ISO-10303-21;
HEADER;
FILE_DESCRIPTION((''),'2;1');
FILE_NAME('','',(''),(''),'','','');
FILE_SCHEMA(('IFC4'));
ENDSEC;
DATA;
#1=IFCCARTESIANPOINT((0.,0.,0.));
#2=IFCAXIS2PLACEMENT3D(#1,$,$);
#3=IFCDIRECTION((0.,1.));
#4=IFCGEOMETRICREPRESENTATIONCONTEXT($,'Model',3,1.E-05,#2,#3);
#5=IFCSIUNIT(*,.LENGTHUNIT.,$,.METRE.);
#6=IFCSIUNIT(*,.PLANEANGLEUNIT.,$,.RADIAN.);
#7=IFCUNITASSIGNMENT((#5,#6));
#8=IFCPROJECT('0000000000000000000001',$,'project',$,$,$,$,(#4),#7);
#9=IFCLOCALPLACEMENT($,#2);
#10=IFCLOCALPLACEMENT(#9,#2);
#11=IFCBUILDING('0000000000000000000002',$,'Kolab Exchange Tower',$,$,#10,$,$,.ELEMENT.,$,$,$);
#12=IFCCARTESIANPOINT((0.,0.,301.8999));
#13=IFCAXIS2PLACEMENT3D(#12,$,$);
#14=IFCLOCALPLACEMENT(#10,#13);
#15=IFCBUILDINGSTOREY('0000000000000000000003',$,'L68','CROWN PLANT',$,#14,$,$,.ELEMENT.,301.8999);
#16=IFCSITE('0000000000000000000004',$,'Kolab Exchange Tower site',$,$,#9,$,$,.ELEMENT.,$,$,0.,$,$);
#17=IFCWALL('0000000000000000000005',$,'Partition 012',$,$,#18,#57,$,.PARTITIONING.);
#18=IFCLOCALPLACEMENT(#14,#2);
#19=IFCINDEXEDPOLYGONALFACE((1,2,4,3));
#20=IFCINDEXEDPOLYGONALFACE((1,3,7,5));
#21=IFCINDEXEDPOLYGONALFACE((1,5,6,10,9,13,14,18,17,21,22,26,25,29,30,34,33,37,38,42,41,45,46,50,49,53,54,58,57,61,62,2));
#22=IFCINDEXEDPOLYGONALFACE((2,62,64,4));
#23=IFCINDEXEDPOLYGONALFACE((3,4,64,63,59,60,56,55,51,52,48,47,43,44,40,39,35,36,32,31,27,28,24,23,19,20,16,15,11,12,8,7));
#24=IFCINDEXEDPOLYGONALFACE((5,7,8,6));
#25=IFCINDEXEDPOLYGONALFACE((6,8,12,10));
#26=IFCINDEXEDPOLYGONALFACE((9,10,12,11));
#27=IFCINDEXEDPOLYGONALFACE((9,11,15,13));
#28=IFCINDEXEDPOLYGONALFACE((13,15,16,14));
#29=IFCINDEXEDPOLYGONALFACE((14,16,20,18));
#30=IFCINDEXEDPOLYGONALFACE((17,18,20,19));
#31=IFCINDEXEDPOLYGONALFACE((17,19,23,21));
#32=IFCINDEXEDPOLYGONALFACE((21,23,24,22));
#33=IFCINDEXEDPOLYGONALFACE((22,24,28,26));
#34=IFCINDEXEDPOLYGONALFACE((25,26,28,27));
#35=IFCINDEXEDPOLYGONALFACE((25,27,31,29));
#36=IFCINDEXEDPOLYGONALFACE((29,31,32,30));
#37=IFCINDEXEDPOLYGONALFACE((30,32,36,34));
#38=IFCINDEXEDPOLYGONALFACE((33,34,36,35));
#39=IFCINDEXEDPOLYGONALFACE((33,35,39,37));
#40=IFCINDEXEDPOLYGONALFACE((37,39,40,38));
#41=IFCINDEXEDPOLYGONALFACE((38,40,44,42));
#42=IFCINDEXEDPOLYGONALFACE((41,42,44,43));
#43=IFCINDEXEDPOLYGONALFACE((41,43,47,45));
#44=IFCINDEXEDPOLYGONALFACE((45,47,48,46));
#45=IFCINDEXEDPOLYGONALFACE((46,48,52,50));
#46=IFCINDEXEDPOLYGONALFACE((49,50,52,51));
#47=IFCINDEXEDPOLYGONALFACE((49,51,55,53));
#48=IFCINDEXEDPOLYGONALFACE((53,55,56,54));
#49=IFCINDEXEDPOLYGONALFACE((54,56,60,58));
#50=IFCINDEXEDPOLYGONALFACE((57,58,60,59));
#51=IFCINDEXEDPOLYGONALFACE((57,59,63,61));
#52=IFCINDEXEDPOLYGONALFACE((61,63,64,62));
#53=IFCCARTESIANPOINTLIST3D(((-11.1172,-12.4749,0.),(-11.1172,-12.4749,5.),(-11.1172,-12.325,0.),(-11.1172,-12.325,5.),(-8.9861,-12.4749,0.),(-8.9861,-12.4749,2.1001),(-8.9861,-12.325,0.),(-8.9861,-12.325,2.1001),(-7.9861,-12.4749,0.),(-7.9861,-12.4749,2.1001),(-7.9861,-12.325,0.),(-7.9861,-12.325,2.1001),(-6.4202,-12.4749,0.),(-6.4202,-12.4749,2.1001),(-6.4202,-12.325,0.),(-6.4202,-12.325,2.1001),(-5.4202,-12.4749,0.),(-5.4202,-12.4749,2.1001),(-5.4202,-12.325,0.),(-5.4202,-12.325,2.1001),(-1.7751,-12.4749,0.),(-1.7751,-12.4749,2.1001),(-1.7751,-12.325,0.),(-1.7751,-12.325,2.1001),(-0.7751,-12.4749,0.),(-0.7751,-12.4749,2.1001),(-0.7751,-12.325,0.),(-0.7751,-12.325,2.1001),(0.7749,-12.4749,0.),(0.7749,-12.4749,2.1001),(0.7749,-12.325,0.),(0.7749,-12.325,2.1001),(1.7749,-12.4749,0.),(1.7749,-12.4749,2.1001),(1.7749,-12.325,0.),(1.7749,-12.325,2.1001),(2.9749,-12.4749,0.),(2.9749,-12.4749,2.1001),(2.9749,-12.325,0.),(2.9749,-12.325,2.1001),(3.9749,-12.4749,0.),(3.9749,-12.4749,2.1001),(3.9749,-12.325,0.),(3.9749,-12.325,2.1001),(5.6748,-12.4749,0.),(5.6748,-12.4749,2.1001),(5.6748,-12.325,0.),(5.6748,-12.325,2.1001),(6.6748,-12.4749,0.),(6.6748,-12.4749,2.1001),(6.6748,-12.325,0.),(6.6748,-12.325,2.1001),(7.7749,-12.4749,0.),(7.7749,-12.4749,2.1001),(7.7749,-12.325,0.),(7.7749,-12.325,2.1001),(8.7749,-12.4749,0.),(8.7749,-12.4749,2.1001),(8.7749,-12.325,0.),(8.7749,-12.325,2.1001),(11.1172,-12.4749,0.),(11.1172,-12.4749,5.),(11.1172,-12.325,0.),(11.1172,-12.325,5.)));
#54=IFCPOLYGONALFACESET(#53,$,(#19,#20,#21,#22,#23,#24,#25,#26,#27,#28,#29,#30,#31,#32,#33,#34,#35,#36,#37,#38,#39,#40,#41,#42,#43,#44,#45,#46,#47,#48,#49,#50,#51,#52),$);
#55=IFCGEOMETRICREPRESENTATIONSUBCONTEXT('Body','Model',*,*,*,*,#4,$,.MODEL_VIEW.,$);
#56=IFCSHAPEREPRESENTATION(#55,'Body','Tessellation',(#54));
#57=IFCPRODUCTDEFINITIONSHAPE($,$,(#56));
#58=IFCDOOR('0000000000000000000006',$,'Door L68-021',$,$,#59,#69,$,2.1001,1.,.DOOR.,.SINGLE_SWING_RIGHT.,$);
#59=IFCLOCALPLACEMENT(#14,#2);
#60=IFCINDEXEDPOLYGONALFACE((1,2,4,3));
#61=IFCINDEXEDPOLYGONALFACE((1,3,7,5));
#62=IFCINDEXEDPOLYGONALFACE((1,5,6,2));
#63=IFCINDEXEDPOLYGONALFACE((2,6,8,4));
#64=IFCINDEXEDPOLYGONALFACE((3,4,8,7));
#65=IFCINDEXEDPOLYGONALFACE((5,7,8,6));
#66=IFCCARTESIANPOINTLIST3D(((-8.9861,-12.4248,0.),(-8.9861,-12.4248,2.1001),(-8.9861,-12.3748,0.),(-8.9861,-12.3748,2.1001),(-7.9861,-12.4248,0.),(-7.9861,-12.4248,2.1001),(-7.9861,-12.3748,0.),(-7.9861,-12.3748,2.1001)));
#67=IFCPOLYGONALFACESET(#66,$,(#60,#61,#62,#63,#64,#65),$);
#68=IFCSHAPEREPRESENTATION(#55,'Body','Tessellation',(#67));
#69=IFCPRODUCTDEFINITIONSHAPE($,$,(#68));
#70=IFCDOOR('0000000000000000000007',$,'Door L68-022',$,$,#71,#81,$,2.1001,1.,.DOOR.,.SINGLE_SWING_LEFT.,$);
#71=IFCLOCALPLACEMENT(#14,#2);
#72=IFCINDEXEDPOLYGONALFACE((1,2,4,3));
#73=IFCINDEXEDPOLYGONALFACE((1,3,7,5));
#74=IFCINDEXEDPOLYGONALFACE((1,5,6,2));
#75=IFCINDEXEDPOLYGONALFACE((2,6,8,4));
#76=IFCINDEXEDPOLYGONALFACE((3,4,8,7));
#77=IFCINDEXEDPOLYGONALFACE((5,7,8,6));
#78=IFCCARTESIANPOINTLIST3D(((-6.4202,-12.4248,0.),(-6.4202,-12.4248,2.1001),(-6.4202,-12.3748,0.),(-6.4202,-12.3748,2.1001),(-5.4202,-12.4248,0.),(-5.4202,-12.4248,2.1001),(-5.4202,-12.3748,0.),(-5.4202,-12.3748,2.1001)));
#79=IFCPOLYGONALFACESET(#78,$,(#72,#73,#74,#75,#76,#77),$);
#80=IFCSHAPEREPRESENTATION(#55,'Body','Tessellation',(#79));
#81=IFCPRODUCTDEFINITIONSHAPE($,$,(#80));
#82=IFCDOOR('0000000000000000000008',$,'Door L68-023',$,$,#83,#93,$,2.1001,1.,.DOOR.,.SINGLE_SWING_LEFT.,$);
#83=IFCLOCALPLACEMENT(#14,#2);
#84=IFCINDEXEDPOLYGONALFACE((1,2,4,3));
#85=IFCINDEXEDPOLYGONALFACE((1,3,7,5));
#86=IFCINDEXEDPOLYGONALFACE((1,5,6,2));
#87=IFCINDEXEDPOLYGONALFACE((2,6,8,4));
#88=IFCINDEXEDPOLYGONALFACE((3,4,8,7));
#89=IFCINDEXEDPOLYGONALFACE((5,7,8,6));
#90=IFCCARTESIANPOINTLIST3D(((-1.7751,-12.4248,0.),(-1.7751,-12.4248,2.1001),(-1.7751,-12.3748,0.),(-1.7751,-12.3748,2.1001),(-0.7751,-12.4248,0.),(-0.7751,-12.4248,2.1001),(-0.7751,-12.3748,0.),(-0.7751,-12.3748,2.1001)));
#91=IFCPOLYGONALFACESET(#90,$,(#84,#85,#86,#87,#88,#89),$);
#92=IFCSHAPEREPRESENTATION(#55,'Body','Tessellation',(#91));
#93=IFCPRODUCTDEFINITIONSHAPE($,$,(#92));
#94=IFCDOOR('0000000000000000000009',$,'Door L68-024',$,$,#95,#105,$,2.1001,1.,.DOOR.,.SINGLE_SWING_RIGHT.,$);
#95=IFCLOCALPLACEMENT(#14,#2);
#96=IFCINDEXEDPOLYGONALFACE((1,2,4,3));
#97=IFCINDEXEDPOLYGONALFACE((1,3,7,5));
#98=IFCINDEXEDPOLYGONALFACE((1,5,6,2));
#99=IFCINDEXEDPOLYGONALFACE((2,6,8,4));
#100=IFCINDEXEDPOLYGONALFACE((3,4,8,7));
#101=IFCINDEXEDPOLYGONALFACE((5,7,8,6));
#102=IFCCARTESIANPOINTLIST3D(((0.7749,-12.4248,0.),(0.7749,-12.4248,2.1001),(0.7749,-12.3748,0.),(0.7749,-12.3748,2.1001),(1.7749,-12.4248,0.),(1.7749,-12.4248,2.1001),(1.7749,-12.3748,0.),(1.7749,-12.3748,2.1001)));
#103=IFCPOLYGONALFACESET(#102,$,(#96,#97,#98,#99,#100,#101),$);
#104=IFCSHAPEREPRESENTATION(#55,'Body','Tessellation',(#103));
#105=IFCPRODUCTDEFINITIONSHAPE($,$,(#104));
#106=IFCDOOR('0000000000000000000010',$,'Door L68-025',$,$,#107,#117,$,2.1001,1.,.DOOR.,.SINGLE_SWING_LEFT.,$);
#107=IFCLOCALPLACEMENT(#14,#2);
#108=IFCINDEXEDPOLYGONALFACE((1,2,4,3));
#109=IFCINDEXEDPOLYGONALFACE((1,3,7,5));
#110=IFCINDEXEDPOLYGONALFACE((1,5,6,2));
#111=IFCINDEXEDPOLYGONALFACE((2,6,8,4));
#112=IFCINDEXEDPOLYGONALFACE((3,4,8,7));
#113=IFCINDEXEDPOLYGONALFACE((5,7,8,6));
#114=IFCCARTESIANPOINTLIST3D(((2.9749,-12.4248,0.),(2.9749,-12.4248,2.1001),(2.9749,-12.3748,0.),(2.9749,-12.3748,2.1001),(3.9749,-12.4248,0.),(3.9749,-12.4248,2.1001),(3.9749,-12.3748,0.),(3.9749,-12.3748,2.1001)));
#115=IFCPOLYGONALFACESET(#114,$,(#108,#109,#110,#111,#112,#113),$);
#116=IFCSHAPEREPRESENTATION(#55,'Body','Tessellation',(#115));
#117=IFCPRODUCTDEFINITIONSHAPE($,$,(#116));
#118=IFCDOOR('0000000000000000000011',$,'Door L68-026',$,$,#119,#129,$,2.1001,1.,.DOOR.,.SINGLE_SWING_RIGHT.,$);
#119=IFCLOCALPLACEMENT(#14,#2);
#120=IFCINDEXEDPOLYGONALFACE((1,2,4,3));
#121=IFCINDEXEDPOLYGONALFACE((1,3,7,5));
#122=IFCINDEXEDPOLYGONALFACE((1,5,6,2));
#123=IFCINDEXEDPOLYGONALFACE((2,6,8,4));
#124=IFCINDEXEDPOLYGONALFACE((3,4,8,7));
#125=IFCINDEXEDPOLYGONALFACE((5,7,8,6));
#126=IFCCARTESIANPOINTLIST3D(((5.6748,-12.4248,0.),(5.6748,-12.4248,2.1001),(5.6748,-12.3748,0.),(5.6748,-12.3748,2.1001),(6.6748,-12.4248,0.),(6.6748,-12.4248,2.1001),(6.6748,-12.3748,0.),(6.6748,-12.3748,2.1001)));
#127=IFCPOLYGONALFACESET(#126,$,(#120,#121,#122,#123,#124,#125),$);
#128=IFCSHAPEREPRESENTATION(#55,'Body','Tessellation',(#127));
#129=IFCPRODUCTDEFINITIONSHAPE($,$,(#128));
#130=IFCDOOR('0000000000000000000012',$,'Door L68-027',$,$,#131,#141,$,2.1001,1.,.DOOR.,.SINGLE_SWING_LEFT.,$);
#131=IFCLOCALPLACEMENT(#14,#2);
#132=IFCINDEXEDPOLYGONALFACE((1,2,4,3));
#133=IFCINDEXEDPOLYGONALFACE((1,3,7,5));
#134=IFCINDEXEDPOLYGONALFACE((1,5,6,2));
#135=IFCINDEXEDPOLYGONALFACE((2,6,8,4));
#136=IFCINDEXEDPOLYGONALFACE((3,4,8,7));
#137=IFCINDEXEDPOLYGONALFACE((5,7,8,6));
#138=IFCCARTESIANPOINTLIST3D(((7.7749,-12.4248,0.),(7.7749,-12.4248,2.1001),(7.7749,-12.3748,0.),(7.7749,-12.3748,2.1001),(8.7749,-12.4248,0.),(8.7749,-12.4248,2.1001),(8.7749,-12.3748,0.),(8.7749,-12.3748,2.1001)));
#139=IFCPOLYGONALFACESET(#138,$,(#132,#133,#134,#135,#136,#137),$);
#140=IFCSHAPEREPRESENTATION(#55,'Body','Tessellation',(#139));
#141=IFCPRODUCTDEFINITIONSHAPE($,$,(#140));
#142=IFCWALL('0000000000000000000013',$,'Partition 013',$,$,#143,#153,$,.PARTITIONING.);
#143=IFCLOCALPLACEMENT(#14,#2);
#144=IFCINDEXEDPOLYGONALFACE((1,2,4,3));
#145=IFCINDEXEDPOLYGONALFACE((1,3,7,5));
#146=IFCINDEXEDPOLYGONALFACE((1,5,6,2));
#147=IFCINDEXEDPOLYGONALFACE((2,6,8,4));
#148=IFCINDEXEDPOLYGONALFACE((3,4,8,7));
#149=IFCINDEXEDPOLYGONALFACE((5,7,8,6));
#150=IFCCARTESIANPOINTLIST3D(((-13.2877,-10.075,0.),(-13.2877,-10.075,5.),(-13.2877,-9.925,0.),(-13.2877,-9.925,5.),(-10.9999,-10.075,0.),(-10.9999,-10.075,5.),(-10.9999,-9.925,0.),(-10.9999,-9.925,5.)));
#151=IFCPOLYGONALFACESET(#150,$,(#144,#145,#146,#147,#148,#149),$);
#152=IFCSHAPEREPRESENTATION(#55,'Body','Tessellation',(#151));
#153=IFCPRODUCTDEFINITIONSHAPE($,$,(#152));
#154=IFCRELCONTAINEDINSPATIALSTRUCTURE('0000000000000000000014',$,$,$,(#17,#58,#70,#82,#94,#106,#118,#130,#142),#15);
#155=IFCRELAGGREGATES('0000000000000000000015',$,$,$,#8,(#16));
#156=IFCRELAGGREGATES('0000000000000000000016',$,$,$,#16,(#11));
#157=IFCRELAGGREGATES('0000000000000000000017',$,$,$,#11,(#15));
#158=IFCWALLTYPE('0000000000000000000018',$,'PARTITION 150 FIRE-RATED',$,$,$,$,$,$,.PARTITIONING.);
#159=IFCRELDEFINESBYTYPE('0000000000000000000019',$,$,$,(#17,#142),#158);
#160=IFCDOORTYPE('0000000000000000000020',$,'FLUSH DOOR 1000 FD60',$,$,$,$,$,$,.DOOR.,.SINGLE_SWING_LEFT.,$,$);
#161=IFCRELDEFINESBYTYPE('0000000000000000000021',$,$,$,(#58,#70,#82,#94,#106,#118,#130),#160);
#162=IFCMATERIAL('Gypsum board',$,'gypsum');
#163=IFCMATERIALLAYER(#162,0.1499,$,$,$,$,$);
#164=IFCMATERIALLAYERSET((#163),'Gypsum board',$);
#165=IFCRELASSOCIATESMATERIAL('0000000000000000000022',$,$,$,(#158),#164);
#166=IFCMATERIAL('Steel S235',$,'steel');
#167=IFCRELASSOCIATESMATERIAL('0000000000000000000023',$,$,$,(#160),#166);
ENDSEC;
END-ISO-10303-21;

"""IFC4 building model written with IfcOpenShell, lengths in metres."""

from ifc_helpers import new_model, si_unit, direction, frame, frame_2d, origin, place, context, subcontext, project, spatial, rectangle, extrude, material, layer, layer_set, type_object, element, fill, save


model = new_model("IFC4")

# Units and contexts
model_context = context("Model", 3, precision=1e-05, world=origin(), true_north=direction((0.0, 1.0)))
body_context = subcontext(model_context, "Body", "Model", "MODEL_VIEW")
ifc_project = project(units=[si_unit("LENGTHUNIT", "METRE"), si_unit("PLANEANGLEUNIT", "RADIAN")], contexts=[model_context])

# Site, building, storey
site_placement = place(None, origin())
site = spatial("IfcSite", under=ifc_project, at=site_placement, Name="Kolab Exchange Tower site", CompositionType="ELEMENT", RefElevation=0.0)
building_placement = place(site_placement, origin())
building = spatial("IfcBuilding", under=site, at=building_placement, Name="Kolab Exchange Tower", CompositionType="ELEMENT")
storey_placement = place(building_placement, frame((0.0, 0.0, 301.8999)))
storey = spatial("IfcBuildingStorey", under=building, at=storey_placement, Name="L68", Description="CROWN PLANT", CompositionType="ELEMENT", Elevation=301.8999)

# Wall, openings, doors
ifc_material_1 = material(Name="Gypsum board", Category="gypsum")
ifc_layer_1 = layer(ifc_material_1, 0.1499)
ifc_layer_set_1 = layer_set([ifc_layer_1], Name="Gypsum board")
wall_type_1 = type_object("IfcWallType", Name="PARTITION 150 FIRE-RATED", PredefinedType="PARTITIONING", material=ifc_layer_set_1)
wall_1_placement = place(storey_placement, frame((-11.1172, -12.3999, 0.0), z_axis=(0.0, 0.0, 1.0), x_axis=(1.0, 0.0, 0.0)))
wall_1 = element("IfcWall", 1, at=wall_1_placement, inside=storey, type_object=wall_type_1, Name="Partition 012", PredefinedType="PARTITIONING", context=body_context, shape_type="SweptSolid", body=[
    extrude(rectangle(XDim=22.2344, YDim=0.1499, at=frame_2d((11.1172, 0.0))), origin(), (0.0, 0.0, 1.0), 5.0),
])
opening_1_placement = place(wall_1_placement, frame((2.1311, 0.0, 0.0)))
opening_1 = element("IfcOpeningElement", 2, at=opening_1_placement, cuts=wall_1, PredefinedType="OPENING", context=body_context, shape_type="SweptSolid", body=[
    extrude(rectangle(XDim=1.0, YDim=2.1001, at=frame_2d((0.5, 1.05))), frame((0.0, 0.085, 0.0), z_axis=(0.0, -1.0, 0.0), x_axis=(1.0, 0.0, 0.0)), (0.0, 0.0, 1.0), 0.1699),
])
opening_2_placement = place(wall_1_placement, frame((4.697, 0.0, 0.0)))
opening_2 = element("IfcOpeningElement", 3, at=opening_2_placement, cuts=wall_1, PredefinedType="OPENING", context=body_context, shape_type="SweptSolid", body=[
    extrude(rectangle(XDim=1.0, YDim=2.1001, at=frame_2d((0.5, 1.05))), frame((0.0, 0.085, 0.0), z_axis=(0.0, -1.0, 0.0), x_axis=(1.0, 0.0, 0.0)), (0.0, 0.0, 1.0), 0.1699),
])
opening_3_placement = place(wall_1_placement, frame((9.342, 0.0, 0.0)))
opening_3 = element("IfcOpeningElement", 4, at=opening_3_placement, cuts=wall_1, PredefinedType="OPENING", context=body_context, shape_type="SweptSolid", body=[
    extrude(rectangle(XDim=1.0, YDim=2.1001, at=frame_2d((0.5, 1.05))), frame((0.0, 0.085, 0.0), z_axis=(0.0, -1.0, 0.0), x_axis=(1.0, 0.0, 0.0)), (0.0, 0.0, 1.0), 0.1699),
])
opening_4_placement = place(wall_1_placement, frame((11.8921, 0.0, 0.0)))
opening_4 = element("IfcOpeningElement", 5, at=opening_4_placement, cuts=wall_1, PredefinedType="OPENING", context=body_context, shape_type="SweptSolid", body=[
    extrude(rectangle(XDim=1.0, YDim=2.1001, at=frame_2d((0.5, 1.05))), frame((0.0, 0.085, 0.0), z_axis=(0.0, -1.0, 0.0), x_axis=(1.0, 0.0, 0.0)), (0.0, 0.0, 1.0), 0.1699),
])
opening_5_placement = place(wall_1_placement, frame((14.092, 0.0, 0.0)))
opening_5 = element("IfcOpeningElement", 6, at=opening_5_placement, cuts=wall_1, PredefinedType="OPENING", context=body_context, shape_type="SweptSolid", body=[
    extrude(rectangle(XDim=1.0, YDim=2.1001, at=frame_2d((0.5, 1.05))), frame((0.0, 0.085, 0.0), z_axis=(0.0, -1.0, 0.0), x_axis=(1.0, 0.0, 0.0)), (0.0, 0.0, 1.0), 0.1699),
])
opening_6_placement = place(wall_1_placement, frame((16.792, 0.0, 0.0)))
opening_6 = element("IfcOpeningElement", 7, at=opening_6_placement, cuts=wall_1, PredefinedType="OPENING", context=body_context, shape_type="SweptSolid", body=[
    extrude(rectangle(XDim=1.0, YDim=2.1001, at=frame_2d((0.5, 1.05))), frame((0.0, 0.085, 0.0), z_axis=(0.0, -1.0, 0.0), x_axis=(1.0, 0.0, 0.0)), (0.0, 0.0, 1.0), 0.1699),
])
opening_7_placement = place(wall_1_placement, frame((18.8921, 0.0, 0.0)))
opening_7 = element("IfcOpeningElement", 8, at=opening_7_placement, cuts=wall_1, PredefinedType="OPENING", context=body_context, shape_type="SweptSolid", body=[
    extrude(rectangle(XDim=1.0, YDim=2.1001, at=frame_2d((0.5, 1.05))), frame((0.0, 0.085, 0.0), z_axis=(0.0, -1.0, 0.0), x_axis=(1.0, 0.0, 0.0)), (0.0, 0.0, 1.0), 0.1699),
])
ifc_material_2 = material(Name="Steel S235", Category="steel")
door_type = type_object("IfcDoorType", Name="FLUSH DOOR 1000 FD60", OperationType="SINGLE_SWING_LEFT", PredefinedType="DOOR", material=ifc_material_2)
door_1_placement = place(opening_1_placement, frame((1.0, 0.0, 0.0), z_axis=(0.0, 0.0, 1.0), x_axis=(-1.0, 0.0, 0.0)))
door_1 = element("IfcDoor", 9, at=door_1_placement, inside=storey, type_object=door_type, Name="Door L68-021", OperationType="SINGLE_SWING_RIGHT", OverallHeight=2.1001, OverallWidth=1.0, PredefinedType="DOOR", context=body_context, shape_type="SweptSolid", body=[
    extrude(rectangle(XDim=1.0, YDim=2.1001, at=frame_2d((0.5, 1.05))), frame((0.0, 0.0249, 0.0), z_axis=(0.0, -1.0, 0.0), x_axis=(1.0, 0.0, 0.0)), (0.0, 0.0, 1.0), 0.05),
])
fill(opening_1, door_1)
door_2_placement = place(opening_2_placement, frame((1.0, 0.0, 0.0), z_axis=(0.0, 0.0, 1.0), x_axis=(-1.0, 0.0, 0.0)))
door_2 = element("IfcDoor", 10, at=door_2_placement, inside=storey, type_object=door_type, Name="Door L68-022", OperationType="SINGLE_SWING_LEFT", OverallHeight=2.1001, OverallWidth=1.0, PredefinedType="DOOR", context=body_context, shape_type="SweptSolid", body=[
    extrude(rectangle(XDim=1.0, YDim=2.1001, at=frame_2d((0.5, 1.05))), frame((0.0, 0.0249, 0.0), z_axis=(0.0, -1.0, 0.0), x_axis=(1.0, 0.0, 0.0)), (0.0, 0.0, 1.0), 0.05),
])
fill(opening_2, door_2)
door_3_placement = place(opening_3_placement, frame((1.0, 0.0, 0.0), z_axis=(0.0, 0.0, 1.0), x_axis=(-1.0, 0.0, 0.0)))
door_3 = element("IfcDoor", 11, at=door_3_placement, inside=storey, type_object=door_type, Name="Door L68-023", OperationType="SINGLE_SWING_LEFT", OverallHeight=2.1001, OverallWidth=1.0, PredefinedType="DOOR", context=body_context, shape_type="SweptSolid", body=[
    extrude(rectangle(XDim=1.0, YDim=2.1001, at=frame_2d((0.5, 1.05))), frame((0.0, 0.0249, 0.0), z_axis=(0.0, -1.0, 0.0), x_axis=(1.0, 0.0, 0.0)), (0.0, 0.0, 1.0), 0.05),
])
fill(opening_3, door_3)
door_4_placement = place(opening_4_placement, frame((1.0, 0.0, 0.0), z_axis=(0.0, 0.0, 1.0), x_axis=(-1.0, 0.0, 0.0)))
door_4 = element("IfcDoor", 12, at=door_4_placement, inside=storey, type_object=door_type, Name="Door L68-024", OperationType="SINGLE_SWING_RIGHT", OverallHeight=2.1001, OverallWidth=1.0, PredefinedType="DOOR", context=body_context, shape_type="SweptSolid", body=[
    extrude(rectangle(XDim=1.0, YDim=2.1001, at=frame_2d((0.5, 1.05))), frame((0.0, 0.0249, 0.0), z_axis=(0.0, -1.0, 0.0), x_axis=(1.0, 0.0, 0.0)), (0.0, 0.0, 1.0), 0.05),
])
fill(opening_4, door_4)
door_5_placement = place(opening_5_placement, frame((1.0, 0.0, 0.0), z_axis=(0.0, 0.0, 1.0), x_axis=(-1.0, 0.0, 0.0)))
door_5 = element("IfcDoor", 13, at=door_5_placement, inside=storey, type_object=door_type, Name="Door L68-025", OperationType="SINGLE_SWING_LEFT", OverallHeight=2.1001, OverallWidth=1.0, PredefinedType="DOOR", context=body_context, shape_type="SweptSolid", body=[
    extrude(rectangle(XDim=1.0, YDim=2.1001, at=frame_2d((0.5, 1.05))), frame((0.0, 0.0249, 0.0), z_axis=(0.0, -1.0, 0.0), x_axis=(1.0, 0.0, 0.0)), (0.0, 0.0, 1.0), 0.05),
])
fill(opening_5, door_5)
door_6_placement = place(opening_6_placement, frame((1.0, 0.0, 0.0), z_axis=(0.0, 0.0, 1.0), x_axis=(-1.0, 0.0, 0.0)))
door_6 = element("IfcDoor", 14, at=door_6_placement, inside=storey, type_object=door_type, Name="Door L68-026", OperationType="SINGLE_SWING_RIGHT", OverallHeight=2.1001, OverallWidth=1.0, PredefinedType="DOOR", context=body_context, shape_type="SweptSolid", body=[
    extrude(rectangle(XDim=1.0, YDim=2.1001, at=frame_2d((0.5, 1.05))), frame((0.0, 0.0249, 0.0), z_axis=(0.0, -1.0, 0.0), x_axis=(1.0, 0.0, 0.0)), (0.0, 0.0, 1.0), 0.05),
])
fill(opening_6, door_6)
door_7_placement = place(opening_7_placement, frame((1.0, 0.0, 0.0), z_axis=(0.0, 0.0, 1.0), x_axis=(-1.0, 0.0, 0.0)))
door_7 = element("IfcDoor", 15, at=door_7_placement, inside=storey, type_object=door_type, Name="Door L68-027", OperationType="SINGLE_SWING_LEFT", OverallHeight=2.1001, OverallWidth=1.0, PredefinedType="DOOR", context=body_context, shape_type="SweptSolid", body=[
    extrude(rectangle(XDim=1.0, YDim=2.1001, at=frame_2d((0.5, 1.05))), frame((0.0, 0.0249, 0.0), z_axis=(0.0, -1.0, 0.0), x_axis=(1.0, 0.0, 0.0)), (0.0, 0.0, 1.0), 0.05),
])
fill(opening_7, door_7)

# Wall
wall_2_placement = place(storey_placement, frame((-13.2878, -10.0, 0.0), z_axis=(0.0, 0.0, 1.0), x_axis=(1.0, 0.0, 0.0)))
element("IfcWall", 16, at=wall_2_placement, inside=storey, type_object=wall_type_1, Name="Partition 013", PredefinedType="PARTITIONING", context=body_context, shape_type="SweptSolid", body=[
    extrude(rectangle(XDim=2.2878, YDim=0.1499, at=frame_2d((1.144, 0.0))), origin(), (0.0, 0.0, 1.0), 5.0),
])

save(model, "model.ifc")
